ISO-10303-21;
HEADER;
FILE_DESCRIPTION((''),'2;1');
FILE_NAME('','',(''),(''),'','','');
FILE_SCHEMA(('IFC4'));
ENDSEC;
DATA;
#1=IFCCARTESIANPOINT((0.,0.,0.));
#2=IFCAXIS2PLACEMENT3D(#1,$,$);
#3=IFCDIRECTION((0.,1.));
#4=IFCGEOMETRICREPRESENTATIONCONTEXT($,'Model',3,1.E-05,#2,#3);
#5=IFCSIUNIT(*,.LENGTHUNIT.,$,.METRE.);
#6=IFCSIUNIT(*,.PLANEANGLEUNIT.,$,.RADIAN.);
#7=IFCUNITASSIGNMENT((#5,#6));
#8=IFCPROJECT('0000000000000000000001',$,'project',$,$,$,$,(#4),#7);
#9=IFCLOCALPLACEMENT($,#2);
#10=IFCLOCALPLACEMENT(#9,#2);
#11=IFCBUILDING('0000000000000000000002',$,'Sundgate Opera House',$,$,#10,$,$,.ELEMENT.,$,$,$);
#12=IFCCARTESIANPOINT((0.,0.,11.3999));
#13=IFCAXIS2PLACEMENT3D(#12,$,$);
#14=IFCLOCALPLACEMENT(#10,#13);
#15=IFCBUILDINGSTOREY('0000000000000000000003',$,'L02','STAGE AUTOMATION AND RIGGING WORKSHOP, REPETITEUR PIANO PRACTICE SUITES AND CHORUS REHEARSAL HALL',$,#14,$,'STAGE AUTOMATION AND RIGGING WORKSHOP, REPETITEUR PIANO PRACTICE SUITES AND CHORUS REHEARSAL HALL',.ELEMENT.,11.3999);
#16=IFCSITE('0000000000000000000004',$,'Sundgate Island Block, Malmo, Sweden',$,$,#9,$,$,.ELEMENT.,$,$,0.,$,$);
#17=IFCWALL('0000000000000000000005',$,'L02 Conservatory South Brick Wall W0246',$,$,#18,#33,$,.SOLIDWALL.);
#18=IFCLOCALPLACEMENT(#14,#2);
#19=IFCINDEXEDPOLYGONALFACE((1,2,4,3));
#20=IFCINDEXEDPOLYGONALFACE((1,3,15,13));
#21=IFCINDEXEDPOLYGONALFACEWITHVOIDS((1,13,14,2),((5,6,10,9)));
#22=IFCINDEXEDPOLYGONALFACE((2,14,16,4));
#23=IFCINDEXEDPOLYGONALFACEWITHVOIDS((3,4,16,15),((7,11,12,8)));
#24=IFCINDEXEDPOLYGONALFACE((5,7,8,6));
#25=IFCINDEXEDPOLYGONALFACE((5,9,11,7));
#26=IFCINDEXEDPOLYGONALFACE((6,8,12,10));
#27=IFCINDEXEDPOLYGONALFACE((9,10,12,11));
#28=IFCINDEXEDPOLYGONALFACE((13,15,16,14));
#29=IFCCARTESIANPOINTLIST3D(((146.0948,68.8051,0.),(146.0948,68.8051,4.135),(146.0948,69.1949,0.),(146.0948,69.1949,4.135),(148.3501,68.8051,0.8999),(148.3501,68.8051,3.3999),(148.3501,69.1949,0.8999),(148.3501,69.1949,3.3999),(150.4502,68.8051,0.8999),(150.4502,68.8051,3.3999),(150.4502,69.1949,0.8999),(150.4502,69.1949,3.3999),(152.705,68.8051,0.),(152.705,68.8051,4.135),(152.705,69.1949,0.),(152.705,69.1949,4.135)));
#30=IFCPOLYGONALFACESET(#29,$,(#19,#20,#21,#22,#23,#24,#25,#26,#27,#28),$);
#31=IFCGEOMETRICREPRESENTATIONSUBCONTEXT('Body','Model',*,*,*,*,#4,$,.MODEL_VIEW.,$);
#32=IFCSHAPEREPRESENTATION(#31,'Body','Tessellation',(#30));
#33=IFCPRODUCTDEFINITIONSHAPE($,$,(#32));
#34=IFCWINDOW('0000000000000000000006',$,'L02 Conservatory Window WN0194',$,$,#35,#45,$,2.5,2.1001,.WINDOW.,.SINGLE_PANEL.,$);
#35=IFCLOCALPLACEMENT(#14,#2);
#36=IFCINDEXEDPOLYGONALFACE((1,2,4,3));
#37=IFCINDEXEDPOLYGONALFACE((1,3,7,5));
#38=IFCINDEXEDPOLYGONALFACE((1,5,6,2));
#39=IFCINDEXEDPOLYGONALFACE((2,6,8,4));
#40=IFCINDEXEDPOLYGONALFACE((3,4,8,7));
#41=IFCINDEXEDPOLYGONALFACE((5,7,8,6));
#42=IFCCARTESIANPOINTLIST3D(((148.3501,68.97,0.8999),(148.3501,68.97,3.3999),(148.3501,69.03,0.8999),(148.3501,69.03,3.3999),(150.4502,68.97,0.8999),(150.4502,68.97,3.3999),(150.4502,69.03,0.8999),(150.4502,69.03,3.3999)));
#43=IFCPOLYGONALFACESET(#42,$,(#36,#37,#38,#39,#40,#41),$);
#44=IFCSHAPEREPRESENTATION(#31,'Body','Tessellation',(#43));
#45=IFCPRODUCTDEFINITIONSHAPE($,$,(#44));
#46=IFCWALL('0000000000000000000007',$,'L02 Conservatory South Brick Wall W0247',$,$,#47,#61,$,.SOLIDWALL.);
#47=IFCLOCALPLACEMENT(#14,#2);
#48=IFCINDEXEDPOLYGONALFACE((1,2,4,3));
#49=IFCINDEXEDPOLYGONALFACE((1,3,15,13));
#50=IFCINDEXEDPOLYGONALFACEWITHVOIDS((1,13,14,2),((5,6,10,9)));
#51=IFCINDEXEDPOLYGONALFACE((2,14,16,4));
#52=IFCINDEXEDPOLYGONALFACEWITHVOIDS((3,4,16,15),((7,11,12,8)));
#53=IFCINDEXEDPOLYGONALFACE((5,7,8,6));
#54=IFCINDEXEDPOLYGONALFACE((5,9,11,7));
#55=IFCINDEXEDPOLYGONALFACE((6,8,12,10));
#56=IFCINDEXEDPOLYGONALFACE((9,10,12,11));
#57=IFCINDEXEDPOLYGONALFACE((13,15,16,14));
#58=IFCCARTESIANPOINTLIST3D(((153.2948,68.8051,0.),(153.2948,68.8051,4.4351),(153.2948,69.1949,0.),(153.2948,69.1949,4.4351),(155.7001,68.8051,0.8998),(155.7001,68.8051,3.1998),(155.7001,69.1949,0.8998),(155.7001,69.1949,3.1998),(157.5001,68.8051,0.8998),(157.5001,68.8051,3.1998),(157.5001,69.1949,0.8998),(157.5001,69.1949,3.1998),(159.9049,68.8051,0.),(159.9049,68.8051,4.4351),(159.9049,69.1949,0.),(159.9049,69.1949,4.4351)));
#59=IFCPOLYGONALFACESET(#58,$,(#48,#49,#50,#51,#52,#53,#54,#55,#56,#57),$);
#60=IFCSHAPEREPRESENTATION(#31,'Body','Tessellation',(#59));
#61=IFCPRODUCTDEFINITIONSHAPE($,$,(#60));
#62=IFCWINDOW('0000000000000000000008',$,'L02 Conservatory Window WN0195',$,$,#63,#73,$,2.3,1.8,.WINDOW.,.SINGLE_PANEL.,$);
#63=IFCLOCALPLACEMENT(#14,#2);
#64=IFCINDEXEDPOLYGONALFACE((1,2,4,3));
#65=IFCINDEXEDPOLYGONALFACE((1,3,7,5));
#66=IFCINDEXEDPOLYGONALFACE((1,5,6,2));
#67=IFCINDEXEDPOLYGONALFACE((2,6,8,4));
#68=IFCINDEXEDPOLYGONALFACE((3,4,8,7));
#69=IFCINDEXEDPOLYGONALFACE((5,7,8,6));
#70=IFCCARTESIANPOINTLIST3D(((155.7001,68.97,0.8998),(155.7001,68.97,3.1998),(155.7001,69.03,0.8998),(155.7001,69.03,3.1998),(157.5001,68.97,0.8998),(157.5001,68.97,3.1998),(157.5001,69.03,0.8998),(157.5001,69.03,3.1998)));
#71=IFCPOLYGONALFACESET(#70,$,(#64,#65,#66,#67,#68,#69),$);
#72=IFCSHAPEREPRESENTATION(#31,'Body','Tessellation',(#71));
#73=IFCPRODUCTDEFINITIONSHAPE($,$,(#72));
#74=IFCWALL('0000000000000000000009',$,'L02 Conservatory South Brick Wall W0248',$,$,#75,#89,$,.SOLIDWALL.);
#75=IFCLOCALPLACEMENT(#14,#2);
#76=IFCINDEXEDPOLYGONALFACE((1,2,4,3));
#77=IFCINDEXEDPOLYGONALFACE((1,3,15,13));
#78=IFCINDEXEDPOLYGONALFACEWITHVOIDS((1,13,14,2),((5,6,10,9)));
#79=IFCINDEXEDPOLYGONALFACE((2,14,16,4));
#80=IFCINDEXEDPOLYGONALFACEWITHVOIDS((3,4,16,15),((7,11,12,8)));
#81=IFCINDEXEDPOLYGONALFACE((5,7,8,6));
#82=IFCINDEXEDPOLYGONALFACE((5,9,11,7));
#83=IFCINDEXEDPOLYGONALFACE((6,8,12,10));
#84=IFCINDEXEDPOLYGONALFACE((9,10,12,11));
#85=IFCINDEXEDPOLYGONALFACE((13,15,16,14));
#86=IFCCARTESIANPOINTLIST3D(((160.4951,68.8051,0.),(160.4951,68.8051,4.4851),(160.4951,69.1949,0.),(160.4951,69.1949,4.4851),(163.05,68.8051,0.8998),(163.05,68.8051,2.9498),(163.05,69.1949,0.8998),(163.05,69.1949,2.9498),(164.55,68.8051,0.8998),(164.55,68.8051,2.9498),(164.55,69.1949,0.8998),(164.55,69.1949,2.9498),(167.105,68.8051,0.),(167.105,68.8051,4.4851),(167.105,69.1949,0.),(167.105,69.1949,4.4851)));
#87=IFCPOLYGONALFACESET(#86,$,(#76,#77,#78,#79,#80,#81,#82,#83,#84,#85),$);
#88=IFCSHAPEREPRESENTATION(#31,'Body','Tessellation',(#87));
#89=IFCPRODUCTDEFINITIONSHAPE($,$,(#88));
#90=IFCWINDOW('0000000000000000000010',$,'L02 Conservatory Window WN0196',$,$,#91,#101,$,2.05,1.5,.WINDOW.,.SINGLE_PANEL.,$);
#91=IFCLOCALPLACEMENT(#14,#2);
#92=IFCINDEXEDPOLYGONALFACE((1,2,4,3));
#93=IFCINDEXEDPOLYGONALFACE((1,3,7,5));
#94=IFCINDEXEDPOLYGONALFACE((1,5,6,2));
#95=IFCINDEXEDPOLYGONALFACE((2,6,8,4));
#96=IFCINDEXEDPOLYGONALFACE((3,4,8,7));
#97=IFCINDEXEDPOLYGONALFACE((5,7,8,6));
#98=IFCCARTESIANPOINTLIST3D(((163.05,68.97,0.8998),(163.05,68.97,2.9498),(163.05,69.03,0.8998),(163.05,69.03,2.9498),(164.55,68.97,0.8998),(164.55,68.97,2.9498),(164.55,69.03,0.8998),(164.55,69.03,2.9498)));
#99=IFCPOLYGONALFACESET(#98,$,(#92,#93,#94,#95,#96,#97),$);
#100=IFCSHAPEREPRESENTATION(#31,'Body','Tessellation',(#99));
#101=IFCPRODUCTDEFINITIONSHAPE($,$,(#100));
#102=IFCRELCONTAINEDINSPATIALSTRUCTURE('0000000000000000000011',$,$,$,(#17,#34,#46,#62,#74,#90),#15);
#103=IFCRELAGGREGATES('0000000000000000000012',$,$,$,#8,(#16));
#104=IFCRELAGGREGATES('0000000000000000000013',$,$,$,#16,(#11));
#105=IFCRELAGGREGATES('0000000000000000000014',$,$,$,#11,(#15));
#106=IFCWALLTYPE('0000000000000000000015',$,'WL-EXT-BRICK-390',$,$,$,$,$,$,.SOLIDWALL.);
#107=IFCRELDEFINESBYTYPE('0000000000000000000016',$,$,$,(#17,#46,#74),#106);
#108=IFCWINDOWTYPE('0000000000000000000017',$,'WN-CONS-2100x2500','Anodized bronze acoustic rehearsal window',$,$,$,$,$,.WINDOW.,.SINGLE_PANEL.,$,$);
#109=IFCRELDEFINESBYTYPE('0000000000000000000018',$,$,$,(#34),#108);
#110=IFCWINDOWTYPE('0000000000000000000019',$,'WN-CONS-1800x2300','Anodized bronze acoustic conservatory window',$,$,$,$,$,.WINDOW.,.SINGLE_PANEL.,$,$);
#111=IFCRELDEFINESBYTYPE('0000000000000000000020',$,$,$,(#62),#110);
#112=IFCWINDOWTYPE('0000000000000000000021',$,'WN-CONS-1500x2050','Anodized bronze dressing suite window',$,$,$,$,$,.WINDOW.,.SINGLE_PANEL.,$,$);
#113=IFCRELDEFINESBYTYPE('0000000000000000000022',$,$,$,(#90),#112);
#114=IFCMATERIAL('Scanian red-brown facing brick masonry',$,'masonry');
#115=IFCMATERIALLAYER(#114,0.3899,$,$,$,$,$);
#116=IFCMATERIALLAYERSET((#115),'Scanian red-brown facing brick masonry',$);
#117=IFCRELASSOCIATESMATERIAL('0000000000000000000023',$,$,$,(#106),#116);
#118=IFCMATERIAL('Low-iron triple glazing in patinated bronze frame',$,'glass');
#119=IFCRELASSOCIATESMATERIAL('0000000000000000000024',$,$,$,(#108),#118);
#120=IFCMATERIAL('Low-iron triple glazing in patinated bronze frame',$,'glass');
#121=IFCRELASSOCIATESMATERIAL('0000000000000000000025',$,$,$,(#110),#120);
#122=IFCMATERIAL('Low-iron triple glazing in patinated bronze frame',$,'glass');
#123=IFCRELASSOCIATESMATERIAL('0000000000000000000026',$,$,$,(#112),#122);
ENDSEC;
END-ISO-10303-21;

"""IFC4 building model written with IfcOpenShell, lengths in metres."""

from ifc_helpers import new_model, si_unit, direction, frame, frame_2d, origin, place, context, subcontext, project, spatial, rectangle, extrude, material, layer, layer_set, type_object, element, fill, save


model = new_model("IFC4")

# Units and contexts
model_context = context("Model", 3, precision=1e-05, world=origin(), true_north=direction((0.0, 1.0)))
body_context = subcontext(model_context, "Body", "Model", "MODEL_VIEW")
ifc_project = project(units=[si_unit("LENGTHUNIT", "METRE"), si_unit("PLANEANGLEUNIT", "RADIAN")], contexts=[model_context])

# Site, building, storey
site_placement = place(None, origin())
site = spatial("IfcSite", under=ifc_project, at=site_placement, Name="Sundgate Island Block, Malmo, Sweden", CompositionType="ELEMENT", RefElevation=0.0)
building_placement = place(site_placement, origin())
building = spatial("IfcBuilding", under=site, at=building_placement, Name="Sundgate Opera House", CompositionType="ELEMENT")
storey_placement = place(building_placement, frame((0.0, 0.0, 11.3999)))
storey = spatial("IfcBuildingStorey", under=building, at=storey_placement, Name="L02", Description="STAGE AUTOMATION AND RIGGING WORKSHOP, REPETITEUR PIANO PRACTICE SUITES AND CHORUS REHEARSAL HALL", LongName="STAGE AUTOMATION AND RIGGING WORKSHOP, REPETITEUR PIANO PRACTICE SUITES AND CHORUS REHEARSAL HALL", CompositionType="ELEMENT", Elevation=11.3999)

# Walls, openings, windows
ifc_material_1 = material(Name="Scanian red-brown facing brick masonry", Category="masonry")
ifc_layer_1 = layer(ifc_material_1, 0.3899)
ifc_layer_set_1 = layer_set([ifc_layer_1], Name="Scanian red-brown facing brick masonry")
wall_type = type_object("IfcWallType", Name="WL-EXT-BRICK-390", PredefinedType="SOLIDWALL", material=ifc_layer_set_1)
wall_1_placement = place(storey_placement, frame((152.7051, 69.0, 0.0), z_axis=(0.0, 0.0, 1.0), x_axis=(-1.0, 0.0, 0.0)))
wall_1 = element("IfcWall", 1, at=wall_1_placement, inside=storey, type_object=wall_type, Name="L02 Conservatory South Brick Wall W0246", PredefinedType="SOLIDWALL", context=body_context, shape_type="SweptSolid", body=[
    extrude(rectangle(XDim=6.6101, YDim=0.3899, at=frame_2d((3.3052, 0.0))), origin(), (0.0, 0.0, 1.0), 4.135),
])
opening_1_placement = place(wall_1_placement, frame((2.2549, 0.0, 0.8999)))
opening_1 = element("IfcOpeningElement", 2, at=opening_1_placement, cuts=wall_1, PredefinedType="OPENING", context=body_context, shape_type="SweptSolid", body=[
    extrude(rectangle(XDim=2.1001, YDim=2.5, at=frame_2d((1.05, 1.25))), frame((0.0, 0.2048, 0.0), z_axis=(0.0, -1.0, 0.0), x_axis=(1.0, 0.0, 0.0)), (0.0, 0.0, 1.0), 0.4099),
])
ifc_material_2 = material(Name="Low-iron triple glazing in patinated bronze frame", Category="glass")
window_type_1 = type_object("IfcWindowType", Name="WN-CONS-2100x2500", Description="Anodized bronze acoustic rehearsal window", PartitioningType="SINGLE_PANEL", PredefinedType="WINDOW", material=ifc_material_2)
window_1_placement = place(opening_1_placement, origin())
window_1 = element("IfcWindow", 3, at=window_1_placement, inside=storey, type_object=window_type_1, Name="L02 Conservatory Window WN0194", OverallHeight=2.5, OverallWidth=2.1001, PartitioningType="SINGLE_PANEL", PredefinedType="WINDOW", context=body_context, shape_type="SweptSolid", body=[
    extrude(rectangle(XDim=2.1001, YDim=2.5, at=frame_2d((1.05, 1.25))), frame((0.0, 0.03, 0.0), z_axis=(0.0, -1.0, 0.0), x_axis=(1.0, 0.0, 0.0)), (0.0, 0.0, 1.0), 0.0601),
])
fill(opening_1, window_1)
wall_2_placement = place(storey_placement, frame((159.905, 69.0, 0.0), z_axis=(0.0, 0.0, 1.0), x_axis=(-1.0, 0.0, 0.0)))
wall_2 = element("IfcWall", 4, at=wall_2_placement, inside=storey, type_object=wall_type, Name="L02 Conservatory South Brick Wall W0247", PredefinedType="SOLIDWALL", context=body_context, shape_type="SweptSolid", body=[
    extrude(rectangle(XDim=6.6101, YDim=0.3899, at=frame_2d((3.3052, 0.0))), origin(), (0.0, 0.0, 1.0), 4.4351),
])
opening_2_placement = place(wall_2_placement, frame((2.405, 0.0, 0.8999)))
opening_2 = element("IfcOpeningElement", 5, at=opening_2_placement, cuts=wall_2, PredefinedType="OPENING", context=body_context, shape_type="SweptSolid", body=[
    extrude(rectangle(XDim=1.8, YDim=2.3, at=frame_2d((0.8999, 1.1499))), frame((0.0, 0.2048, 0.0), z_axis=(0.0, -1.0, 0.0), x_axis=(1.0, 0.0, 0.0)), (0.0, 0.0, 1.0), 0.4099),
])
ifc_material_3 = material(Name="Low-iron triple glazing in patinated bronze frame", Category="glass")
window_type_2 = type_object("IfcWindowType", Name="WN-CONS-1800x2300", Description="Anodized bronze acoustic conservatory window", PartitioningType="SINGLE_PANEL", PredefinedType="WINDOW", material=ifc_material_3)
window_2_placement = place(opening_2_placement, origin())
window_2 = element("IfcWindow", 6, at=window_2_placement, inside=storey, type_object=window_type_2, Name="L02 Conservatory Window WN0195", OverallHeight=2.3, OverallWidth=1.8, PartitioningType="SINGLE_PANEL", PredefinedType="WINDOW", context=body_context, shape_type="SweptSolid", body=[
    extrude(rectangle(XDim=1.8, YDim=2.3, at=frame_2d((0.8999, 1.1499))), frame((0.0, 0.03, 0.0), z_axis=(0.0, -1.0, 0.0), x_axis=(1.0, 0.0, 0.0)), (0.0, 0.0, 1.0), 0.0601),
])
fill(opening_2, window_2)
wall_3_placement = place(storey_placement, frame((167.105, 69.0, 0.0), z_axis=(0.0, 0.0, 1.0), x_axis=(-1.0, 0.0, 0.0)))
wall_3 = element("IfcWall", 7, at=wall_3_placement, inside=storey, type_object=wall_type, Name="L02 Conservatory South Brick Wall W0248", PredefinedType="SOLIDWALL", context=body_context, shape_type="SweptSolid", body=[
    extrude(rectangle(XDim=6.6099, YDim=0.3899, at=frame_2d((3.3049, 0.0))), origin(), (0.0, 0.0, 1.0), 4.4851),
])
opening_3_placement = place(wall_3_placement, frame((2.5549, 0.0, 0.8999)))
opening_3 = element("IfcOpeningElement", 8, at=opening_3_placement, cuts=wall_3, PredefinedType="OPENING", context=body_context, shape_type="SweptSolid", body=[
    extrude(rectangle(XDim=1.5, YDim=2.05, at=frame_2d((0.75, 1.0249))), frame((0.0, 0.2048, 0.0), z_axis=(0.0, -1.0, 0.0), x_axis=(1.0, 0.0, 0.0)), (0.0, 0.0, 1.0), 0.4099),
])
ifc_material_4 = material(Name="Low-iron triple glazing in patinated bronze frame", Category="glass")
window_type_3 = type_object("IfcWindowType", Name="WN-CONS-1500x2050", Description="Anodized bronze dressing suite window", PartitioningType="SINGLE_PANEL", PredefinedType="WINDOW", material=ifc_material_4)
window_3_placement = place(opening_3_placement, origin())
window_3 = element("IfcWindow", 9, at=window_3_placement, inside=storey, type_object=window_type_3, Name="L02 Conservatory Window WN0196", OverallHeight=2.05, OverallWidth=1.5, PartitioningType="SINGLE_PANEL", PredefinedType="WINDOW", context=body_context, shape_type="SweptSolid", body=[
    extrude(rectangle(XDim=1.5, YDim=2.05, at=frame_2d((0.75, 1.0249))), frame((0.0, 0.03, 0.0), z_axis=(0.0, -1.0, 0.0), x_axis=(1.0, 0.0, 0.0)), (0.0, 0.0, 1.0), 0.0601),
])
fill(opening_3, window_3)

save(model, "model.ifc")
